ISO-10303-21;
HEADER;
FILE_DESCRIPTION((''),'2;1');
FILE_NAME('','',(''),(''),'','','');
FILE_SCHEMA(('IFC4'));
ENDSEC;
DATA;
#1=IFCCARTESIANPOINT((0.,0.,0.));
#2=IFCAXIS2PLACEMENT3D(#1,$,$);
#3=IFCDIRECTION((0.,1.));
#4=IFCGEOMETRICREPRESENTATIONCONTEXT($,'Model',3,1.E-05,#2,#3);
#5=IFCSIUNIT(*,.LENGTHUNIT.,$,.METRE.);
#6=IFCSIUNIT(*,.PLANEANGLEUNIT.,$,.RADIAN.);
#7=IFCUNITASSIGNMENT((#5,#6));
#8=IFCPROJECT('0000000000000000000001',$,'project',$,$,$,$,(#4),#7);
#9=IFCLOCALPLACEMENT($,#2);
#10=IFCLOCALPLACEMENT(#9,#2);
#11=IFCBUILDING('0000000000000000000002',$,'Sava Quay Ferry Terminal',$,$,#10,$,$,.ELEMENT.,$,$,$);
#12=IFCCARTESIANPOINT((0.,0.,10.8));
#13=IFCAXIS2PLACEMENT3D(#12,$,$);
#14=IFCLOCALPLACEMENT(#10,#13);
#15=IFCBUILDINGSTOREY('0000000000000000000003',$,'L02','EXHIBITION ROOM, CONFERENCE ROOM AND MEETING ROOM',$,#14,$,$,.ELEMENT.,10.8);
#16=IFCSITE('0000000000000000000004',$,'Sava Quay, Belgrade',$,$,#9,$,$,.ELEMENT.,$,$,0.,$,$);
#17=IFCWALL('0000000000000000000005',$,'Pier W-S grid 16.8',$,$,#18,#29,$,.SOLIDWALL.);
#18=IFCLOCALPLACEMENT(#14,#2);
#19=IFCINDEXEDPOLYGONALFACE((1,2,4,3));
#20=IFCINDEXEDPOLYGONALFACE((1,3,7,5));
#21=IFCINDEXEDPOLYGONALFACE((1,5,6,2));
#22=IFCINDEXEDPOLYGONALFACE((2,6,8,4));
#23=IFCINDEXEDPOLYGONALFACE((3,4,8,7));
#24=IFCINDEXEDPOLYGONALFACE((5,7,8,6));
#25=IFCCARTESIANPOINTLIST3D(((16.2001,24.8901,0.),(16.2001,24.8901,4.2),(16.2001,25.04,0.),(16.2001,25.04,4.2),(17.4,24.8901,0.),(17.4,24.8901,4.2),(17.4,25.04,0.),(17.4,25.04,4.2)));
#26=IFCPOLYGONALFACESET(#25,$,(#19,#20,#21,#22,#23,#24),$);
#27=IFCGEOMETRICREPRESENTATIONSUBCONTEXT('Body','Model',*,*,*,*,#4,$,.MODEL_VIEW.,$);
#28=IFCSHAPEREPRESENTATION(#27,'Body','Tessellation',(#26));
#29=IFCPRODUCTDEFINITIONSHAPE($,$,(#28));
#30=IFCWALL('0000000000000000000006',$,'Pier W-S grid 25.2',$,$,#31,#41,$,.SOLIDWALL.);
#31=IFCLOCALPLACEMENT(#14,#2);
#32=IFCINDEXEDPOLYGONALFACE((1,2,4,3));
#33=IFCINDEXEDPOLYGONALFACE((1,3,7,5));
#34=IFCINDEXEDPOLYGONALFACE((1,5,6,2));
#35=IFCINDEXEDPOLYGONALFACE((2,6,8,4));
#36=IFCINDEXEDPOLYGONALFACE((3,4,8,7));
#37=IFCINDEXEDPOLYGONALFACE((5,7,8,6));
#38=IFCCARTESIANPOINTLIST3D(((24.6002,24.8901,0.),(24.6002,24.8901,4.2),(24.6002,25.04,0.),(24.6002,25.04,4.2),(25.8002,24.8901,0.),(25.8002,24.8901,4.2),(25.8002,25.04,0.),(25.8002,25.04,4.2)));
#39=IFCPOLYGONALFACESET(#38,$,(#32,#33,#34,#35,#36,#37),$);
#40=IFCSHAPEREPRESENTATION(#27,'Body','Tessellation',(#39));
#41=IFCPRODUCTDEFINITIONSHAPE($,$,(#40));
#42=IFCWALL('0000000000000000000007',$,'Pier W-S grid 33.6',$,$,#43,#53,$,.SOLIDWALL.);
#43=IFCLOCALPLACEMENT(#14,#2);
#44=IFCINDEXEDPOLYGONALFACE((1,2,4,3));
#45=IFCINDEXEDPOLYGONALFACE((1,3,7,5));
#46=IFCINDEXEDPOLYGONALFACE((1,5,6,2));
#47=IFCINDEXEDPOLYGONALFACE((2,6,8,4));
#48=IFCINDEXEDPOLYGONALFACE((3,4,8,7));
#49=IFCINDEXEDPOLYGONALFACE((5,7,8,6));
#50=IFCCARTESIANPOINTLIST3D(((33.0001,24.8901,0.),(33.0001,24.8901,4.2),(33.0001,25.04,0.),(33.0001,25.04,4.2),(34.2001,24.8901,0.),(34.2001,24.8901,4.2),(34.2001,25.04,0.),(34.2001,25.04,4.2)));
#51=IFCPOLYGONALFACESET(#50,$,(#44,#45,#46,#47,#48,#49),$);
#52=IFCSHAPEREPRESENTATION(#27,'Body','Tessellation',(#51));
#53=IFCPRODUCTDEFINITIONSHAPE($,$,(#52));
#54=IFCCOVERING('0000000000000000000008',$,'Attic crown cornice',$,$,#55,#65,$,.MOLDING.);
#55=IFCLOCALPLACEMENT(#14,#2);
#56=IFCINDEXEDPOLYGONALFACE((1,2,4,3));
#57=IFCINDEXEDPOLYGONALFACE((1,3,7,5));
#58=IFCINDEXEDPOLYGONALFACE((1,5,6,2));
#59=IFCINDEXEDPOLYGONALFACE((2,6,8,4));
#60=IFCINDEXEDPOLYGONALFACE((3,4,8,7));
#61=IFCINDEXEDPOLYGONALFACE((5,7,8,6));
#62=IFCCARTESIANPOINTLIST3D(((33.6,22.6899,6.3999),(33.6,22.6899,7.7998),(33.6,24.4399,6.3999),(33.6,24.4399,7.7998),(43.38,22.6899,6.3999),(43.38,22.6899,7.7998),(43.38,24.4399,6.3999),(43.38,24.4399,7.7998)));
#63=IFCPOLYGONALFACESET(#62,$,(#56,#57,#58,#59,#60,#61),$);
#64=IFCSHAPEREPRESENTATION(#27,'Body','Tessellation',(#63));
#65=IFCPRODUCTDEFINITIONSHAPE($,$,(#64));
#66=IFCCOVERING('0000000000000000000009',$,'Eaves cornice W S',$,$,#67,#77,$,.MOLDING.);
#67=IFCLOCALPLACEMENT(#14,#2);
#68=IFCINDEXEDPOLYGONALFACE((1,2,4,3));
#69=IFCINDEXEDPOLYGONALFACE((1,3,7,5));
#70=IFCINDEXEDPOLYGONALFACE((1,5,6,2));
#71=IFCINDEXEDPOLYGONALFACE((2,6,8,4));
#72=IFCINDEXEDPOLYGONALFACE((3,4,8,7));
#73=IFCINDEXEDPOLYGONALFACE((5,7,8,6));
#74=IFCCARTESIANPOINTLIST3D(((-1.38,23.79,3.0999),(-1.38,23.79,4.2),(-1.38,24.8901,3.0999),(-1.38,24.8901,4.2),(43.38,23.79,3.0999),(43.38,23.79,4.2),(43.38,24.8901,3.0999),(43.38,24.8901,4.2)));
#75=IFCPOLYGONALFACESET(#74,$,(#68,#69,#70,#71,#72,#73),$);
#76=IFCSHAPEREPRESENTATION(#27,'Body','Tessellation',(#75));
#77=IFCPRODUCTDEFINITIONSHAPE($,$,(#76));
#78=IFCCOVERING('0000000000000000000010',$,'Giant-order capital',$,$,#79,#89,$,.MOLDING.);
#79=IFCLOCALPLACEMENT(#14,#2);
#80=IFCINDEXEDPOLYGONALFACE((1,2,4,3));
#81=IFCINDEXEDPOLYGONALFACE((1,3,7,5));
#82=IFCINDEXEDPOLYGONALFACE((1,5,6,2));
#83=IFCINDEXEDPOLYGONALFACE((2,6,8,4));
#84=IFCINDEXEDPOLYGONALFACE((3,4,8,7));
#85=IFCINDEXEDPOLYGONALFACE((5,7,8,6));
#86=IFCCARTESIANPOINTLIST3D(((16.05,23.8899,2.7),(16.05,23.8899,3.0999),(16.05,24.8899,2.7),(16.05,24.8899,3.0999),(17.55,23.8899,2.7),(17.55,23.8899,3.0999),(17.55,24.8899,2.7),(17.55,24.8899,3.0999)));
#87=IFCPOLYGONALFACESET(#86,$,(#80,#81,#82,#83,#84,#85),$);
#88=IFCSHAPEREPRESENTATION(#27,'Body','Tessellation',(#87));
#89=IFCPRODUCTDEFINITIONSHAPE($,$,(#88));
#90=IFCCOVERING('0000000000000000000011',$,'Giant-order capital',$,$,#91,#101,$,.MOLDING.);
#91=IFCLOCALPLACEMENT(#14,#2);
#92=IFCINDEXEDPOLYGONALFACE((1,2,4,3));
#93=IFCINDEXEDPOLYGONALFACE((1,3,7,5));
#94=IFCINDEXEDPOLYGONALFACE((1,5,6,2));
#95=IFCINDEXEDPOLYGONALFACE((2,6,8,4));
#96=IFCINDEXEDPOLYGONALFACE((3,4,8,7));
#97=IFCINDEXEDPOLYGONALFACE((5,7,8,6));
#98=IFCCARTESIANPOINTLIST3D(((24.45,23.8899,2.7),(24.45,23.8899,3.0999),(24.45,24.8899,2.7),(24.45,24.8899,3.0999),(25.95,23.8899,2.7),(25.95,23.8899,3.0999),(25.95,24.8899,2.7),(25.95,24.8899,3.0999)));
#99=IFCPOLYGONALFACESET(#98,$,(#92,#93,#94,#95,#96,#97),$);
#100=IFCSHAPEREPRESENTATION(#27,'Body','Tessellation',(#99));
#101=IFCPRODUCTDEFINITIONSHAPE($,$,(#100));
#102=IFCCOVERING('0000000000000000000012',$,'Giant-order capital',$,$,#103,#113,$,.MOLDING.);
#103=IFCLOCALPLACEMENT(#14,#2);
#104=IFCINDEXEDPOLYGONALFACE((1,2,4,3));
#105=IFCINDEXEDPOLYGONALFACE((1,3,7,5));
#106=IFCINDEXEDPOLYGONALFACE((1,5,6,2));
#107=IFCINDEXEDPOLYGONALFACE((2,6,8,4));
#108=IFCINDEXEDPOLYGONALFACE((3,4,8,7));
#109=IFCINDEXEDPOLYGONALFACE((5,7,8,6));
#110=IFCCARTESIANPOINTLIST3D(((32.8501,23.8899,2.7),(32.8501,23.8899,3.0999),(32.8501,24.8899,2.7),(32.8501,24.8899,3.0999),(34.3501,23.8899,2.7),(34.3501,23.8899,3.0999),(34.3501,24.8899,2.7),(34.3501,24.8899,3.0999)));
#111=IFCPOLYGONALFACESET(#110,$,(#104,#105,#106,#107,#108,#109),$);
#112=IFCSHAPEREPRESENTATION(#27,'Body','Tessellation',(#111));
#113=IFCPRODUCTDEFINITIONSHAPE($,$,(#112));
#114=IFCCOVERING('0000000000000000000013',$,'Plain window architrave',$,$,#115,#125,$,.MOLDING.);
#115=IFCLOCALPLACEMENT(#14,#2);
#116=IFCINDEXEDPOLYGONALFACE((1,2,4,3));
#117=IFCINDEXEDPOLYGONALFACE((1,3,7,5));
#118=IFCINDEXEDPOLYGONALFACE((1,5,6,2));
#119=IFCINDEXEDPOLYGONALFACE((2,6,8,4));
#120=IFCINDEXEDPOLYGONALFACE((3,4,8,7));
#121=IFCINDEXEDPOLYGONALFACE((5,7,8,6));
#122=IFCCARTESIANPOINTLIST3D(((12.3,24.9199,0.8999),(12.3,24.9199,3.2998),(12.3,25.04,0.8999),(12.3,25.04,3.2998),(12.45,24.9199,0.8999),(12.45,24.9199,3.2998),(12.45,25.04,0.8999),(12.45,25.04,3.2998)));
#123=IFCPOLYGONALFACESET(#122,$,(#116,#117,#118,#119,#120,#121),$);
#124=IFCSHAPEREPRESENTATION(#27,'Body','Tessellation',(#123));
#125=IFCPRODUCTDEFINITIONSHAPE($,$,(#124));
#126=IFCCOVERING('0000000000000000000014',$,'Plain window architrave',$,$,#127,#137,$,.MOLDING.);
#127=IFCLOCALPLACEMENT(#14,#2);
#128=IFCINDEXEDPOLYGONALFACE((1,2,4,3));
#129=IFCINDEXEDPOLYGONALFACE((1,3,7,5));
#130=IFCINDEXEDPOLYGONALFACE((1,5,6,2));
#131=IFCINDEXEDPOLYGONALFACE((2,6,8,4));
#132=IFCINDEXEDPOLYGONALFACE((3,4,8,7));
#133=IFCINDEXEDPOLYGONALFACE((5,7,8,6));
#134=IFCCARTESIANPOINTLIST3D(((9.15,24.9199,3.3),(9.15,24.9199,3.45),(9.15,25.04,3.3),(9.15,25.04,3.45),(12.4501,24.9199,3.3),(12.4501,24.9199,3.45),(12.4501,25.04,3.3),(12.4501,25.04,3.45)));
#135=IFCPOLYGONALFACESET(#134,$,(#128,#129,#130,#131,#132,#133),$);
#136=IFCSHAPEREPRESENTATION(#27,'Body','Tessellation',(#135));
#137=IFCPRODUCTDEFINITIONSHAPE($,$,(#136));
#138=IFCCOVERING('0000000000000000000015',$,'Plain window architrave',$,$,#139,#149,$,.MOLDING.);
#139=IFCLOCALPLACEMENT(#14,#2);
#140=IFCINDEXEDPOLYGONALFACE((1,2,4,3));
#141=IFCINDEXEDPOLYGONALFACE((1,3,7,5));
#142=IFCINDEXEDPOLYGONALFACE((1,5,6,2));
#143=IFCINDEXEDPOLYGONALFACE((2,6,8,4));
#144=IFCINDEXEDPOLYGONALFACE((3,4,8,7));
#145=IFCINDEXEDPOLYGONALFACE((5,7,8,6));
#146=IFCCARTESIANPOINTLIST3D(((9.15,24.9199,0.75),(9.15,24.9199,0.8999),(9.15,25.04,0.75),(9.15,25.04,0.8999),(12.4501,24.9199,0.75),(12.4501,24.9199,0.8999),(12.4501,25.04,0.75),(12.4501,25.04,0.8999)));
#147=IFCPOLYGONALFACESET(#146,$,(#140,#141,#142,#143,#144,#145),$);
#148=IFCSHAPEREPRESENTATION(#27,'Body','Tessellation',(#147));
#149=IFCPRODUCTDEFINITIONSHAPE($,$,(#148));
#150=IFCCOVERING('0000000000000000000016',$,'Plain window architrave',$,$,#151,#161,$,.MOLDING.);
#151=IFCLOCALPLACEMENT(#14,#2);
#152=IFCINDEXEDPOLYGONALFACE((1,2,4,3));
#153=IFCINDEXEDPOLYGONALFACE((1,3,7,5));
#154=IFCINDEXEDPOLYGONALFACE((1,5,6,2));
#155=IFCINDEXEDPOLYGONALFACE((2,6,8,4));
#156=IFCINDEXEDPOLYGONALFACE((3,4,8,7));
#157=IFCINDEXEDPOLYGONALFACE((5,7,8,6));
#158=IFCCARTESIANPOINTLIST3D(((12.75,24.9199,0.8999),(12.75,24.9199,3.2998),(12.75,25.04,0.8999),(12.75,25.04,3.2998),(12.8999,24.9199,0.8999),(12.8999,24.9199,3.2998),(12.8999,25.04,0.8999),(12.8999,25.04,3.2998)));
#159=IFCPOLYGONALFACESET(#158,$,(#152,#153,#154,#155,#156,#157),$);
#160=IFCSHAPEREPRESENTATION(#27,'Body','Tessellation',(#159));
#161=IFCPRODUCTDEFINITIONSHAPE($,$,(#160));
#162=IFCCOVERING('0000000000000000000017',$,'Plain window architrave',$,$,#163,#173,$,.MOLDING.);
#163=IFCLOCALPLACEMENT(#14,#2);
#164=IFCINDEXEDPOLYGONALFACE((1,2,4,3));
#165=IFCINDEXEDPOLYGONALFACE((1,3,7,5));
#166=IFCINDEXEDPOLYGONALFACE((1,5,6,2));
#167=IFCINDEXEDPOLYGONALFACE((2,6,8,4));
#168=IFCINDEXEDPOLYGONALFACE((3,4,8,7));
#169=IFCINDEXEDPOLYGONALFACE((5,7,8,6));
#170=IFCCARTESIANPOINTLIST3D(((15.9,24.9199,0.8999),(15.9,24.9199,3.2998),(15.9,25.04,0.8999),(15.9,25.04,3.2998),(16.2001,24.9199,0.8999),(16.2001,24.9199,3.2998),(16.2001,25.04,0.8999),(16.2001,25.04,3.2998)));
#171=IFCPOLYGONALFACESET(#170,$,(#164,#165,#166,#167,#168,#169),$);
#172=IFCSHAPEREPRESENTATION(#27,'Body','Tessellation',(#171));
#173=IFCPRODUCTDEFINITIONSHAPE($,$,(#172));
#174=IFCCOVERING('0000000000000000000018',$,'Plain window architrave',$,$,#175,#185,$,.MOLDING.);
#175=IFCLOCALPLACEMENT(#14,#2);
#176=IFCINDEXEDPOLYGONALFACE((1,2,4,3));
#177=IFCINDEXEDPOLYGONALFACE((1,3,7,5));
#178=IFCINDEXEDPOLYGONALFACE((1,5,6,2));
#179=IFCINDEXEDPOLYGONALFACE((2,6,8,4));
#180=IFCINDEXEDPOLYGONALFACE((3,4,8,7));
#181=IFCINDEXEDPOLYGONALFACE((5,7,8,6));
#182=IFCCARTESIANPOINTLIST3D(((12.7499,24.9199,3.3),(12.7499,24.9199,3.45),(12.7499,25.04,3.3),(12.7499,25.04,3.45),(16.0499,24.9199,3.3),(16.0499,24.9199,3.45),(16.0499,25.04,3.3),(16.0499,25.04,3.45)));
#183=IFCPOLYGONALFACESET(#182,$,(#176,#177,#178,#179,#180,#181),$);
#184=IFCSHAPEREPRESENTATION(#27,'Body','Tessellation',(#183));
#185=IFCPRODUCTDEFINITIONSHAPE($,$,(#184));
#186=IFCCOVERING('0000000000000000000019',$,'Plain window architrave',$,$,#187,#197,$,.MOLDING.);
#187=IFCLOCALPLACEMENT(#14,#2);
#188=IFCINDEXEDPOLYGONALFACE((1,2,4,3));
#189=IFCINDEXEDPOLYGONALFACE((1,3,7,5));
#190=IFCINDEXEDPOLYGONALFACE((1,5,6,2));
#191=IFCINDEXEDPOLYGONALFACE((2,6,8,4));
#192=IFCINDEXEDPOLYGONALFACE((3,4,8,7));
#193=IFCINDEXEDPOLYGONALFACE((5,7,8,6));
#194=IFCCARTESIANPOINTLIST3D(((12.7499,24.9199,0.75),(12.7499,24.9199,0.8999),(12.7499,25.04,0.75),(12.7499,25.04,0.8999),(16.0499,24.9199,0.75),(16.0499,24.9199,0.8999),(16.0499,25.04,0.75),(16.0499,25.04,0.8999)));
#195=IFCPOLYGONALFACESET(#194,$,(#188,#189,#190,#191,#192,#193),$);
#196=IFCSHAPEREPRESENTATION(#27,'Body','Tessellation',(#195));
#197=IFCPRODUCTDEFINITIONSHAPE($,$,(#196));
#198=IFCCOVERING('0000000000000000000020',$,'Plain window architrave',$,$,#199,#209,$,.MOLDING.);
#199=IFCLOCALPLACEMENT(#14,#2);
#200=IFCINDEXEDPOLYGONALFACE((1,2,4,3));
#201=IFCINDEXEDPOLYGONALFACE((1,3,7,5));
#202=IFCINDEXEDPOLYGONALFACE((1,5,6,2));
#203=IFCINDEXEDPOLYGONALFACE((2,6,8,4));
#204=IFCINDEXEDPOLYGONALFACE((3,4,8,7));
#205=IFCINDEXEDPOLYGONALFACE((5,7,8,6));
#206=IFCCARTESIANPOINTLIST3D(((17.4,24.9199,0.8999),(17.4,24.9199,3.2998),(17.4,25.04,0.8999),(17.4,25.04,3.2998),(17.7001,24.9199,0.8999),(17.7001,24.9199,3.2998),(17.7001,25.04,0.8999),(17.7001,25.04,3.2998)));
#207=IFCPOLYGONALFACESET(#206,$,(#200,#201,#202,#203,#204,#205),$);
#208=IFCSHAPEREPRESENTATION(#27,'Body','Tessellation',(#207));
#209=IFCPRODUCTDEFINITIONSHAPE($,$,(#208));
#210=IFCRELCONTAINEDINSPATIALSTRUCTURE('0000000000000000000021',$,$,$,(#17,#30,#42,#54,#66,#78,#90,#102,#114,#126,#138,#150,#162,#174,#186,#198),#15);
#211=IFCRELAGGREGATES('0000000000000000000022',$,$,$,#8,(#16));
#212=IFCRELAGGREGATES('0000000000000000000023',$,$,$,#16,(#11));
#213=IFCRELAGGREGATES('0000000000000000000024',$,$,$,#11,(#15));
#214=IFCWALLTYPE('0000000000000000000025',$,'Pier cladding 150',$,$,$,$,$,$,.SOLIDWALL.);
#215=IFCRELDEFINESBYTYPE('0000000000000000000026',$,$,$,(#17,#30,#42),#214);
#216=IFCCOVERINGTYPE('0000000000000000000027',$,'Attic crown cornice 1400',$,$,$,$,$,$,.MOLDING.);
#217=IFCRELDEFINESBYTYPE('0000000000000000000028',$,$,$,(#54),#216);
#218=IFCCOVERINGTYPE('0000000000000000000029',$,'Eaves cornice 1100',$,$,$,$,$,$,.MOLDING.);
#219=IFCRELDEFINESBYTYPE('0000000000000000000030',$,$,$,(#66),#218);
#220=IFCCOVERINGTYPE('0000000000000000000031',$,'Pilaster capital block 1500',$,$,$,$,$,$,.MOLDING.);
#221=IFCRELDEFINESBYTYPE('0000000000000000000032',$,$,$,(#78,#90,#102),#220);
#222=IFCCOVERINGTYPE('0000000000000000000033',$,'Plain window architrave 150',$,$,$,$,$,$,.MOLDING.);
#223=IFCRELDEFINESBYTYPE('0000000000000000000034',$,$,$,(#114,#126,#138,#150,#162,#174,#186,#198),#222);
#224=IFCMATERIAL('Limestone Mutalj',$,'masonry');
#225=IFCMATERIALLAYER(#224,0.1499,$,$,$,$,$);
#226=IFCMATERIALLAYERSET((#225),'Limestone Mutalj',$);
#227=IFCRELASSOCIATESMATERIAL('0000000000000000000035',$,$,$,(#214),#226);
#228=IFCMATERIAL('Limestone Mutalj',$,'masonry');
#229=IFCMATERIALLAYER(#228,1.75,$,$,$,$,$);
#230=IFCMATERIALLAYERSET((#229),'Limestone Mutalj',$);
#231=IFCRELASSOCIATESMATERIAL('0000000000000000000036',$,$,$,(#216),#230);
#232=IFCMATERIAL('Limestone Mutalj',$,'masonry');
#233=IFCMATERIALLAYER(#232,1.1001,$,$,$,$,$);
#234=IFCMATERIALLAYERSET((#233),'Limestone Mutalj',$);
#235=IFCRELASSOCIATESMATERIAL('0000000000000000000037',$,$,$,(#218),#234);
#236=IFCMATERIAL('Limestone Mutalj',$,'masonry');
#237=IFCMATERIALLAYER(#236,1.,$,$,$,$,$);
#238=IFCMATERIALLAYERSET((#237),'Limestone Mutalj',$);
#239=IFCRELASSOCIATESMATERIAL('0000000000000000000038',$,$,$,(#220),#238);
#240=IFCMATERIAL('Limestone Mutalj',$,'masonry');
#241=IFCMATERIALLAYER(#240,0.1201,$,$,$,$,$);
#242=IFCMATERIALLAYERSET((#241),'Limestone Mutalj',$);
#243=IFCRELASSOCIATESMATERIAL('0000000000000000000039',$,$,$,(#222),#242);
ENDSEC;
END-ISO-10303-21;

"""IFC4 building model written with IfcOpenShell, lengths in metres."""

from ifc_helpers import new_model, si_unit, direction, frame, frame_2d, origin, origin_2d, place, context, subcontext, project, spatial, rectangle, extrude, material, layer, layer_set, type_object, element, save


model = new_model("IFC4")

# Units and contexts
model_context = context("Model", 3, precision=1e-05, world=origin(), true_north=direction((0.0, 1.0)))
body_context = subcontext(model_context, "Body", "Model", "MODEL_VIEW")
ifc_project = project(units=[si_unit("LENGTHUNIT", "METRE"), si_unit("PLANEANGLEUNIT", "RADIAN")], contexts=[model_context])

# Site, building, storey
site_placement = place(None, origin())
site = spatial("IfcSite", under=ifc_project, at=site_placement, Name="Sava Quay, Belgrade", CompositionType="ELEMENT", RefElevation=0.0)
building_placement = place(site_placement, origin())
building = spatial("IfcBuilding", under=site, at=building_placement, Name="Sava Quay Ferry Terminal", CompositionType="ELEMENT")
storey_placement = place(building_placement, frame((0.0, 0.0, 10.8)))
storey = spatial("IfcBuildingStorey", under=building, at=storey_placement, Name="L02", Description="EXHIBITION ROOM, CONFERENCE ROOM AND MEETING ROOM", CompositionType="ELEMENT", Elevation=10.8)

# Walls
ifc_material_1 = material(Name="Limestone Mutalj", Category="masonry")
ifc_layer_1 = layer(ifc_material_1, 0.1499)
ifc_layer_set_1 = layer_set([ifc_layer_1], Name="Limestone Mutalj")
wall_type = type_object("IfcWallType", Name="Pier cladding 150", PredefinedType="SOLIDWALL", material=ifc_layer_set_1)
for number, where, z_axis, x_axis, name in (
    (1, (16.2, 24.9651, 0.0), (0.0, 0.0, 1.0), (1.0, 0.0, 0.0), "Pier W-S grid 16.8"),
    (2, (24.6001, 24.9651, 0.0), (0.0, 0.0, 1.0), (1.0, 0.0, 0.0), "Pier W-S grid 25.2"),
    (3, (33.0, 24.9651, 0.0), (0.0, 0.0, 1.0), (1.0, 0.0, 0.0), "Pier W-S grid 33.6"),
):
    element("IfcWall", number, at=place(storey_placement, frame(where, z_axis=z_axis, x_axis=x_axis)), inside=storey, type_object=wall_type, Name=name, PredefinedType="SOLIDWALL", context=body_context, shape_type="SweptSolid", body=[
        extrude(rectangle(XDim=1.2, YDim=0.1499, at=frame_2d((0.6001, 0.0))), origin(), (0.0, 0.0, 1.0), 4.2),
    ])

# Coverings
ifc_material_2 = material(Name="Limestone Mutalj", Category="masonry")
ifc_layer_2 = layer(ifc_material_2, 1.75)
ifc_layer_set_2 = layer_set([ifc_layer_2], Name="Limestone Mutalj")
covering_type_1 = type_object("IfcCoveringType", Name="Attic crown cornice 1400", PredefinedType="MOLDING", material=ifc_layer_set_2)
covering_1_placement = place(storey_placement, frame((38.49, 23.5649, 6.3999), z_axis=(0.0, 0.0, 1.0), x_axis=(1.0, 0.0, 0.0)))
element("IfcCovering", 4, at=covering_1_placement, inside=storey, type_object=covering_type_1, Name="Attic crown cornice", PredefinedType="MOLDING", context=body_context, shape_type="SweptSolid", body=[
    extrude(rectangle(XDim=9.78, YDim=1.75, at=origin_2d()), origin(), (0.0, 0.0, 1.0), 1.3999),
])
ifc_material_3 = material(Name="Limestone Mutalj", Category="masonry")
ifc_layer_3 = layer(ifc_material_3, 1.1001)
ifc_layer_set_3 = layer_set([ifc_layer_3], Name="Limestone Mutalj")
covering_type_2 = type_object("IfcCoveringType", Name="Eaves cornice 1100", PredefinedType="MOLDING", material=ifc_layer_set_3)
covering_2_placement = place(storey_placement, frame((21.0, 24.3401, 3.0999), z_axis=(0.0, 0.0, 1.0), x_axis=(1.0, 0.0, 0.0)))
element("IfcCovering", 5, at=covering_2_placement, inside=storey, type_object=covering_type_2, Name="Eaves cornice W S", PredefinedType="MOLDING", context=body_context, shape_type="SweptSolid", body=[
    extrude(rectangle(XDim=44.76, YDim=1.1001, at=origin_2d()), origin(), (0.0, 0.0, 1.0), 1.1001),
])
ifc_material_4 = material(Name="Limestone Mutalj", Category="masonry")
ifc_layer_4 = layer(ifc_material_4, 1.0)
ifc_layer_set_4 = layer_set([ifc_layer_4], Name="Limestone Mutalj")
covering_type_3 = type_object("IfcCoveringType", Name="Pilaster capital block 1500", PredefinedType="MOLDING", material=ifc_layer_set_4)
for number, where, z_axis, x_axis, name in (
    (6, (16.8, 24.3899, 2.7), (0.0, 0.0, 1.0), (1.0, 0.0, 0.0), "Giant-order capital"),
    (7, (25.2, 24.3899, 2.7), (0.0, 0.0, 1.0), (1.0, 0.0, 0.0), "Giant-order capital"),
    (8, (33.6001, 24.3899, 2.7), (0.0, 0.0, 1.0), (1.0, 0.0, 0.0), "Giant-order capital"),
):
    element("IfcCovering", number, at=place(storey_placement, frame(where, z_axis=z_axis, x_axis=x_axis)), inside=storey, type_object=covering_type_3, Name=name, PredefinedType="MOLDING", context=body_context, shape_type="SweptSolid", body=[
        extrude(rectangle(XDim=1.5, YDim=1.0, at=origin_2d()), origin(), (0.0, 0.0, 1.0), 0.3999),
    ])
ifc_material_5 = material(Name="Limestone Mutalj", Category="masonry")
ifc_layer_5 = layer(ifc_material_5, 0.1201)
ifc_layer_set_5 = layer_set([ifc_layer_5], Name="Limestone Mutalj")
covering_type_4 = type_object("IfcCoveringType", Name="Plain window architrave 150", PredefinedType="MOLDING", material=ifc_layer_set_5)
covering_3_placement = place(storey_placement, frame((12.375, 24.98, 0.8999), z_axis=(0.0, 0.0, 1.0), x_axis=(1.0, 0.0, 0.0)))
element("IfcCovering", 9, at=covering_3_placement, inside=storey, type_object=covering_type_4, Name="Plain window architrave", PredefinedType="MOLDING", context=body_context, shape_type="SweptSolid", body=[
    extrude(rectangle(XDim=0.1499, YDim=0.1201, at=origin_2d()), origin(), (0.0, 0.0, 1.0), 2.3999),
])
for number, where, z_axis, x_axis, name in (
    (10, (10.8, 24.98, 3.3), (0.0, 0.0, 1.0), (1.0, 0.0, 0.0), "Plain window architrave"),
    (11, (10.8, 24.98, 0.75), (0.0, 0.0, 1.0), (1.0, 0.0, 0.0), "Plain window architrave"),
):
    element("IfcCovering", number, at=place(storey_placement, frame(where, z_axis=z_axis, x_axis=x_axis)), inside=storey, type_object=covering_type_4, Name=name, PredefinedType="MOLDING", context=body_context, shape_type="SweptSolid", body=[
        extrude(rectangle(XDim=3.3, YDim=0.1201, at=origin_2d()), origin(), (0.0, 0.0, 1.0), 0.1499),
    ])
covering_4_placement = place(storey_placement, frame((12.825, 24.98, 0.8999), z_axis=(0.0, 0.0, 1.0), x_axis=(1.0, 0.0, 0.0)))
element("IfcCovering", 12, at=covering_4_placement, inside=storey, type_object=covering_type_4, Name="Plain window architrave", PredefinedType="MOLDING", context=body_context, shape_type="SweptSolid", body=[
    extrude(rectangle(XDim=0.1499, YDim=0.1201, at=origin_2d()), origin(), (0.0, 0.0, 1.0), 2.3999),
])
covering_5_placement = place(storey_placement, frame((16.05, 24.98, 0.8999), z_axis=(0.0, 0.0, 1.0), x_axis=(1.0, 0.0, 0.0)))
element("IfcCovering", 13, at=covering_5_placement, inside=storey, type_object=covering_type_4, Name="Plain window architrave", PredefinedType="MOLDING", context=body_context, shape_type="SweptSolid", body=[
    extrude(rectangle(XDim=0.3, YDim=0.1201, at=origin_2d()), origin(), (0.0, 0.0, 1.0), 2.3999),
])
for number, where, z_axis, x_axis, name in (
    (14, (14.3999, 24.98, 3.3), (0.0, 0.0, 1.0), (1.0, 0.0, 0.0), "Plain window architrave"),
    (15, (14.3999, 24.98, 0.75), (0.0, 0.0, 1.0), (1.0, 0.0, 0.0), "Plain window architrave"),
):
    element("IfcCovering", number, at=place(storey_placement, frame(where, z_axis=z_axis, x_axis=x_axis)), inside=storey, type_object=covering_type_4, Name=name, PredefinedType="MOLDING", context=body_context, shape_type="SweptSolid", body=[
        extrude(rectangle(XDim=3.3, YDim=0.1201, at=origin_2d()), origin(), (0.0, 0.0, 1.0), 0.1499),
    ])
covering_6_placement = place(storey_placement, frame((17.55, 24.98, 0.8999), z_axis=(0.0, 0.0, 1.0), x_axis=(1.0, 0.0, 0.0)))
element("IfcCovering", 16, at=covering_6_placement, inside=storey, type_object=covering_type_4, Name="Plain window architrave", PredefinedType="MOLDING", context=body_context, shape_type="SweptSolid", body=[
    extrude(rectangle(XDim=0.3, YDim=0.1201, at=origin_2d()), origin(), (0.0, 0.0, 1.0), 2.3999),
])

save(model, "model.ifc")
